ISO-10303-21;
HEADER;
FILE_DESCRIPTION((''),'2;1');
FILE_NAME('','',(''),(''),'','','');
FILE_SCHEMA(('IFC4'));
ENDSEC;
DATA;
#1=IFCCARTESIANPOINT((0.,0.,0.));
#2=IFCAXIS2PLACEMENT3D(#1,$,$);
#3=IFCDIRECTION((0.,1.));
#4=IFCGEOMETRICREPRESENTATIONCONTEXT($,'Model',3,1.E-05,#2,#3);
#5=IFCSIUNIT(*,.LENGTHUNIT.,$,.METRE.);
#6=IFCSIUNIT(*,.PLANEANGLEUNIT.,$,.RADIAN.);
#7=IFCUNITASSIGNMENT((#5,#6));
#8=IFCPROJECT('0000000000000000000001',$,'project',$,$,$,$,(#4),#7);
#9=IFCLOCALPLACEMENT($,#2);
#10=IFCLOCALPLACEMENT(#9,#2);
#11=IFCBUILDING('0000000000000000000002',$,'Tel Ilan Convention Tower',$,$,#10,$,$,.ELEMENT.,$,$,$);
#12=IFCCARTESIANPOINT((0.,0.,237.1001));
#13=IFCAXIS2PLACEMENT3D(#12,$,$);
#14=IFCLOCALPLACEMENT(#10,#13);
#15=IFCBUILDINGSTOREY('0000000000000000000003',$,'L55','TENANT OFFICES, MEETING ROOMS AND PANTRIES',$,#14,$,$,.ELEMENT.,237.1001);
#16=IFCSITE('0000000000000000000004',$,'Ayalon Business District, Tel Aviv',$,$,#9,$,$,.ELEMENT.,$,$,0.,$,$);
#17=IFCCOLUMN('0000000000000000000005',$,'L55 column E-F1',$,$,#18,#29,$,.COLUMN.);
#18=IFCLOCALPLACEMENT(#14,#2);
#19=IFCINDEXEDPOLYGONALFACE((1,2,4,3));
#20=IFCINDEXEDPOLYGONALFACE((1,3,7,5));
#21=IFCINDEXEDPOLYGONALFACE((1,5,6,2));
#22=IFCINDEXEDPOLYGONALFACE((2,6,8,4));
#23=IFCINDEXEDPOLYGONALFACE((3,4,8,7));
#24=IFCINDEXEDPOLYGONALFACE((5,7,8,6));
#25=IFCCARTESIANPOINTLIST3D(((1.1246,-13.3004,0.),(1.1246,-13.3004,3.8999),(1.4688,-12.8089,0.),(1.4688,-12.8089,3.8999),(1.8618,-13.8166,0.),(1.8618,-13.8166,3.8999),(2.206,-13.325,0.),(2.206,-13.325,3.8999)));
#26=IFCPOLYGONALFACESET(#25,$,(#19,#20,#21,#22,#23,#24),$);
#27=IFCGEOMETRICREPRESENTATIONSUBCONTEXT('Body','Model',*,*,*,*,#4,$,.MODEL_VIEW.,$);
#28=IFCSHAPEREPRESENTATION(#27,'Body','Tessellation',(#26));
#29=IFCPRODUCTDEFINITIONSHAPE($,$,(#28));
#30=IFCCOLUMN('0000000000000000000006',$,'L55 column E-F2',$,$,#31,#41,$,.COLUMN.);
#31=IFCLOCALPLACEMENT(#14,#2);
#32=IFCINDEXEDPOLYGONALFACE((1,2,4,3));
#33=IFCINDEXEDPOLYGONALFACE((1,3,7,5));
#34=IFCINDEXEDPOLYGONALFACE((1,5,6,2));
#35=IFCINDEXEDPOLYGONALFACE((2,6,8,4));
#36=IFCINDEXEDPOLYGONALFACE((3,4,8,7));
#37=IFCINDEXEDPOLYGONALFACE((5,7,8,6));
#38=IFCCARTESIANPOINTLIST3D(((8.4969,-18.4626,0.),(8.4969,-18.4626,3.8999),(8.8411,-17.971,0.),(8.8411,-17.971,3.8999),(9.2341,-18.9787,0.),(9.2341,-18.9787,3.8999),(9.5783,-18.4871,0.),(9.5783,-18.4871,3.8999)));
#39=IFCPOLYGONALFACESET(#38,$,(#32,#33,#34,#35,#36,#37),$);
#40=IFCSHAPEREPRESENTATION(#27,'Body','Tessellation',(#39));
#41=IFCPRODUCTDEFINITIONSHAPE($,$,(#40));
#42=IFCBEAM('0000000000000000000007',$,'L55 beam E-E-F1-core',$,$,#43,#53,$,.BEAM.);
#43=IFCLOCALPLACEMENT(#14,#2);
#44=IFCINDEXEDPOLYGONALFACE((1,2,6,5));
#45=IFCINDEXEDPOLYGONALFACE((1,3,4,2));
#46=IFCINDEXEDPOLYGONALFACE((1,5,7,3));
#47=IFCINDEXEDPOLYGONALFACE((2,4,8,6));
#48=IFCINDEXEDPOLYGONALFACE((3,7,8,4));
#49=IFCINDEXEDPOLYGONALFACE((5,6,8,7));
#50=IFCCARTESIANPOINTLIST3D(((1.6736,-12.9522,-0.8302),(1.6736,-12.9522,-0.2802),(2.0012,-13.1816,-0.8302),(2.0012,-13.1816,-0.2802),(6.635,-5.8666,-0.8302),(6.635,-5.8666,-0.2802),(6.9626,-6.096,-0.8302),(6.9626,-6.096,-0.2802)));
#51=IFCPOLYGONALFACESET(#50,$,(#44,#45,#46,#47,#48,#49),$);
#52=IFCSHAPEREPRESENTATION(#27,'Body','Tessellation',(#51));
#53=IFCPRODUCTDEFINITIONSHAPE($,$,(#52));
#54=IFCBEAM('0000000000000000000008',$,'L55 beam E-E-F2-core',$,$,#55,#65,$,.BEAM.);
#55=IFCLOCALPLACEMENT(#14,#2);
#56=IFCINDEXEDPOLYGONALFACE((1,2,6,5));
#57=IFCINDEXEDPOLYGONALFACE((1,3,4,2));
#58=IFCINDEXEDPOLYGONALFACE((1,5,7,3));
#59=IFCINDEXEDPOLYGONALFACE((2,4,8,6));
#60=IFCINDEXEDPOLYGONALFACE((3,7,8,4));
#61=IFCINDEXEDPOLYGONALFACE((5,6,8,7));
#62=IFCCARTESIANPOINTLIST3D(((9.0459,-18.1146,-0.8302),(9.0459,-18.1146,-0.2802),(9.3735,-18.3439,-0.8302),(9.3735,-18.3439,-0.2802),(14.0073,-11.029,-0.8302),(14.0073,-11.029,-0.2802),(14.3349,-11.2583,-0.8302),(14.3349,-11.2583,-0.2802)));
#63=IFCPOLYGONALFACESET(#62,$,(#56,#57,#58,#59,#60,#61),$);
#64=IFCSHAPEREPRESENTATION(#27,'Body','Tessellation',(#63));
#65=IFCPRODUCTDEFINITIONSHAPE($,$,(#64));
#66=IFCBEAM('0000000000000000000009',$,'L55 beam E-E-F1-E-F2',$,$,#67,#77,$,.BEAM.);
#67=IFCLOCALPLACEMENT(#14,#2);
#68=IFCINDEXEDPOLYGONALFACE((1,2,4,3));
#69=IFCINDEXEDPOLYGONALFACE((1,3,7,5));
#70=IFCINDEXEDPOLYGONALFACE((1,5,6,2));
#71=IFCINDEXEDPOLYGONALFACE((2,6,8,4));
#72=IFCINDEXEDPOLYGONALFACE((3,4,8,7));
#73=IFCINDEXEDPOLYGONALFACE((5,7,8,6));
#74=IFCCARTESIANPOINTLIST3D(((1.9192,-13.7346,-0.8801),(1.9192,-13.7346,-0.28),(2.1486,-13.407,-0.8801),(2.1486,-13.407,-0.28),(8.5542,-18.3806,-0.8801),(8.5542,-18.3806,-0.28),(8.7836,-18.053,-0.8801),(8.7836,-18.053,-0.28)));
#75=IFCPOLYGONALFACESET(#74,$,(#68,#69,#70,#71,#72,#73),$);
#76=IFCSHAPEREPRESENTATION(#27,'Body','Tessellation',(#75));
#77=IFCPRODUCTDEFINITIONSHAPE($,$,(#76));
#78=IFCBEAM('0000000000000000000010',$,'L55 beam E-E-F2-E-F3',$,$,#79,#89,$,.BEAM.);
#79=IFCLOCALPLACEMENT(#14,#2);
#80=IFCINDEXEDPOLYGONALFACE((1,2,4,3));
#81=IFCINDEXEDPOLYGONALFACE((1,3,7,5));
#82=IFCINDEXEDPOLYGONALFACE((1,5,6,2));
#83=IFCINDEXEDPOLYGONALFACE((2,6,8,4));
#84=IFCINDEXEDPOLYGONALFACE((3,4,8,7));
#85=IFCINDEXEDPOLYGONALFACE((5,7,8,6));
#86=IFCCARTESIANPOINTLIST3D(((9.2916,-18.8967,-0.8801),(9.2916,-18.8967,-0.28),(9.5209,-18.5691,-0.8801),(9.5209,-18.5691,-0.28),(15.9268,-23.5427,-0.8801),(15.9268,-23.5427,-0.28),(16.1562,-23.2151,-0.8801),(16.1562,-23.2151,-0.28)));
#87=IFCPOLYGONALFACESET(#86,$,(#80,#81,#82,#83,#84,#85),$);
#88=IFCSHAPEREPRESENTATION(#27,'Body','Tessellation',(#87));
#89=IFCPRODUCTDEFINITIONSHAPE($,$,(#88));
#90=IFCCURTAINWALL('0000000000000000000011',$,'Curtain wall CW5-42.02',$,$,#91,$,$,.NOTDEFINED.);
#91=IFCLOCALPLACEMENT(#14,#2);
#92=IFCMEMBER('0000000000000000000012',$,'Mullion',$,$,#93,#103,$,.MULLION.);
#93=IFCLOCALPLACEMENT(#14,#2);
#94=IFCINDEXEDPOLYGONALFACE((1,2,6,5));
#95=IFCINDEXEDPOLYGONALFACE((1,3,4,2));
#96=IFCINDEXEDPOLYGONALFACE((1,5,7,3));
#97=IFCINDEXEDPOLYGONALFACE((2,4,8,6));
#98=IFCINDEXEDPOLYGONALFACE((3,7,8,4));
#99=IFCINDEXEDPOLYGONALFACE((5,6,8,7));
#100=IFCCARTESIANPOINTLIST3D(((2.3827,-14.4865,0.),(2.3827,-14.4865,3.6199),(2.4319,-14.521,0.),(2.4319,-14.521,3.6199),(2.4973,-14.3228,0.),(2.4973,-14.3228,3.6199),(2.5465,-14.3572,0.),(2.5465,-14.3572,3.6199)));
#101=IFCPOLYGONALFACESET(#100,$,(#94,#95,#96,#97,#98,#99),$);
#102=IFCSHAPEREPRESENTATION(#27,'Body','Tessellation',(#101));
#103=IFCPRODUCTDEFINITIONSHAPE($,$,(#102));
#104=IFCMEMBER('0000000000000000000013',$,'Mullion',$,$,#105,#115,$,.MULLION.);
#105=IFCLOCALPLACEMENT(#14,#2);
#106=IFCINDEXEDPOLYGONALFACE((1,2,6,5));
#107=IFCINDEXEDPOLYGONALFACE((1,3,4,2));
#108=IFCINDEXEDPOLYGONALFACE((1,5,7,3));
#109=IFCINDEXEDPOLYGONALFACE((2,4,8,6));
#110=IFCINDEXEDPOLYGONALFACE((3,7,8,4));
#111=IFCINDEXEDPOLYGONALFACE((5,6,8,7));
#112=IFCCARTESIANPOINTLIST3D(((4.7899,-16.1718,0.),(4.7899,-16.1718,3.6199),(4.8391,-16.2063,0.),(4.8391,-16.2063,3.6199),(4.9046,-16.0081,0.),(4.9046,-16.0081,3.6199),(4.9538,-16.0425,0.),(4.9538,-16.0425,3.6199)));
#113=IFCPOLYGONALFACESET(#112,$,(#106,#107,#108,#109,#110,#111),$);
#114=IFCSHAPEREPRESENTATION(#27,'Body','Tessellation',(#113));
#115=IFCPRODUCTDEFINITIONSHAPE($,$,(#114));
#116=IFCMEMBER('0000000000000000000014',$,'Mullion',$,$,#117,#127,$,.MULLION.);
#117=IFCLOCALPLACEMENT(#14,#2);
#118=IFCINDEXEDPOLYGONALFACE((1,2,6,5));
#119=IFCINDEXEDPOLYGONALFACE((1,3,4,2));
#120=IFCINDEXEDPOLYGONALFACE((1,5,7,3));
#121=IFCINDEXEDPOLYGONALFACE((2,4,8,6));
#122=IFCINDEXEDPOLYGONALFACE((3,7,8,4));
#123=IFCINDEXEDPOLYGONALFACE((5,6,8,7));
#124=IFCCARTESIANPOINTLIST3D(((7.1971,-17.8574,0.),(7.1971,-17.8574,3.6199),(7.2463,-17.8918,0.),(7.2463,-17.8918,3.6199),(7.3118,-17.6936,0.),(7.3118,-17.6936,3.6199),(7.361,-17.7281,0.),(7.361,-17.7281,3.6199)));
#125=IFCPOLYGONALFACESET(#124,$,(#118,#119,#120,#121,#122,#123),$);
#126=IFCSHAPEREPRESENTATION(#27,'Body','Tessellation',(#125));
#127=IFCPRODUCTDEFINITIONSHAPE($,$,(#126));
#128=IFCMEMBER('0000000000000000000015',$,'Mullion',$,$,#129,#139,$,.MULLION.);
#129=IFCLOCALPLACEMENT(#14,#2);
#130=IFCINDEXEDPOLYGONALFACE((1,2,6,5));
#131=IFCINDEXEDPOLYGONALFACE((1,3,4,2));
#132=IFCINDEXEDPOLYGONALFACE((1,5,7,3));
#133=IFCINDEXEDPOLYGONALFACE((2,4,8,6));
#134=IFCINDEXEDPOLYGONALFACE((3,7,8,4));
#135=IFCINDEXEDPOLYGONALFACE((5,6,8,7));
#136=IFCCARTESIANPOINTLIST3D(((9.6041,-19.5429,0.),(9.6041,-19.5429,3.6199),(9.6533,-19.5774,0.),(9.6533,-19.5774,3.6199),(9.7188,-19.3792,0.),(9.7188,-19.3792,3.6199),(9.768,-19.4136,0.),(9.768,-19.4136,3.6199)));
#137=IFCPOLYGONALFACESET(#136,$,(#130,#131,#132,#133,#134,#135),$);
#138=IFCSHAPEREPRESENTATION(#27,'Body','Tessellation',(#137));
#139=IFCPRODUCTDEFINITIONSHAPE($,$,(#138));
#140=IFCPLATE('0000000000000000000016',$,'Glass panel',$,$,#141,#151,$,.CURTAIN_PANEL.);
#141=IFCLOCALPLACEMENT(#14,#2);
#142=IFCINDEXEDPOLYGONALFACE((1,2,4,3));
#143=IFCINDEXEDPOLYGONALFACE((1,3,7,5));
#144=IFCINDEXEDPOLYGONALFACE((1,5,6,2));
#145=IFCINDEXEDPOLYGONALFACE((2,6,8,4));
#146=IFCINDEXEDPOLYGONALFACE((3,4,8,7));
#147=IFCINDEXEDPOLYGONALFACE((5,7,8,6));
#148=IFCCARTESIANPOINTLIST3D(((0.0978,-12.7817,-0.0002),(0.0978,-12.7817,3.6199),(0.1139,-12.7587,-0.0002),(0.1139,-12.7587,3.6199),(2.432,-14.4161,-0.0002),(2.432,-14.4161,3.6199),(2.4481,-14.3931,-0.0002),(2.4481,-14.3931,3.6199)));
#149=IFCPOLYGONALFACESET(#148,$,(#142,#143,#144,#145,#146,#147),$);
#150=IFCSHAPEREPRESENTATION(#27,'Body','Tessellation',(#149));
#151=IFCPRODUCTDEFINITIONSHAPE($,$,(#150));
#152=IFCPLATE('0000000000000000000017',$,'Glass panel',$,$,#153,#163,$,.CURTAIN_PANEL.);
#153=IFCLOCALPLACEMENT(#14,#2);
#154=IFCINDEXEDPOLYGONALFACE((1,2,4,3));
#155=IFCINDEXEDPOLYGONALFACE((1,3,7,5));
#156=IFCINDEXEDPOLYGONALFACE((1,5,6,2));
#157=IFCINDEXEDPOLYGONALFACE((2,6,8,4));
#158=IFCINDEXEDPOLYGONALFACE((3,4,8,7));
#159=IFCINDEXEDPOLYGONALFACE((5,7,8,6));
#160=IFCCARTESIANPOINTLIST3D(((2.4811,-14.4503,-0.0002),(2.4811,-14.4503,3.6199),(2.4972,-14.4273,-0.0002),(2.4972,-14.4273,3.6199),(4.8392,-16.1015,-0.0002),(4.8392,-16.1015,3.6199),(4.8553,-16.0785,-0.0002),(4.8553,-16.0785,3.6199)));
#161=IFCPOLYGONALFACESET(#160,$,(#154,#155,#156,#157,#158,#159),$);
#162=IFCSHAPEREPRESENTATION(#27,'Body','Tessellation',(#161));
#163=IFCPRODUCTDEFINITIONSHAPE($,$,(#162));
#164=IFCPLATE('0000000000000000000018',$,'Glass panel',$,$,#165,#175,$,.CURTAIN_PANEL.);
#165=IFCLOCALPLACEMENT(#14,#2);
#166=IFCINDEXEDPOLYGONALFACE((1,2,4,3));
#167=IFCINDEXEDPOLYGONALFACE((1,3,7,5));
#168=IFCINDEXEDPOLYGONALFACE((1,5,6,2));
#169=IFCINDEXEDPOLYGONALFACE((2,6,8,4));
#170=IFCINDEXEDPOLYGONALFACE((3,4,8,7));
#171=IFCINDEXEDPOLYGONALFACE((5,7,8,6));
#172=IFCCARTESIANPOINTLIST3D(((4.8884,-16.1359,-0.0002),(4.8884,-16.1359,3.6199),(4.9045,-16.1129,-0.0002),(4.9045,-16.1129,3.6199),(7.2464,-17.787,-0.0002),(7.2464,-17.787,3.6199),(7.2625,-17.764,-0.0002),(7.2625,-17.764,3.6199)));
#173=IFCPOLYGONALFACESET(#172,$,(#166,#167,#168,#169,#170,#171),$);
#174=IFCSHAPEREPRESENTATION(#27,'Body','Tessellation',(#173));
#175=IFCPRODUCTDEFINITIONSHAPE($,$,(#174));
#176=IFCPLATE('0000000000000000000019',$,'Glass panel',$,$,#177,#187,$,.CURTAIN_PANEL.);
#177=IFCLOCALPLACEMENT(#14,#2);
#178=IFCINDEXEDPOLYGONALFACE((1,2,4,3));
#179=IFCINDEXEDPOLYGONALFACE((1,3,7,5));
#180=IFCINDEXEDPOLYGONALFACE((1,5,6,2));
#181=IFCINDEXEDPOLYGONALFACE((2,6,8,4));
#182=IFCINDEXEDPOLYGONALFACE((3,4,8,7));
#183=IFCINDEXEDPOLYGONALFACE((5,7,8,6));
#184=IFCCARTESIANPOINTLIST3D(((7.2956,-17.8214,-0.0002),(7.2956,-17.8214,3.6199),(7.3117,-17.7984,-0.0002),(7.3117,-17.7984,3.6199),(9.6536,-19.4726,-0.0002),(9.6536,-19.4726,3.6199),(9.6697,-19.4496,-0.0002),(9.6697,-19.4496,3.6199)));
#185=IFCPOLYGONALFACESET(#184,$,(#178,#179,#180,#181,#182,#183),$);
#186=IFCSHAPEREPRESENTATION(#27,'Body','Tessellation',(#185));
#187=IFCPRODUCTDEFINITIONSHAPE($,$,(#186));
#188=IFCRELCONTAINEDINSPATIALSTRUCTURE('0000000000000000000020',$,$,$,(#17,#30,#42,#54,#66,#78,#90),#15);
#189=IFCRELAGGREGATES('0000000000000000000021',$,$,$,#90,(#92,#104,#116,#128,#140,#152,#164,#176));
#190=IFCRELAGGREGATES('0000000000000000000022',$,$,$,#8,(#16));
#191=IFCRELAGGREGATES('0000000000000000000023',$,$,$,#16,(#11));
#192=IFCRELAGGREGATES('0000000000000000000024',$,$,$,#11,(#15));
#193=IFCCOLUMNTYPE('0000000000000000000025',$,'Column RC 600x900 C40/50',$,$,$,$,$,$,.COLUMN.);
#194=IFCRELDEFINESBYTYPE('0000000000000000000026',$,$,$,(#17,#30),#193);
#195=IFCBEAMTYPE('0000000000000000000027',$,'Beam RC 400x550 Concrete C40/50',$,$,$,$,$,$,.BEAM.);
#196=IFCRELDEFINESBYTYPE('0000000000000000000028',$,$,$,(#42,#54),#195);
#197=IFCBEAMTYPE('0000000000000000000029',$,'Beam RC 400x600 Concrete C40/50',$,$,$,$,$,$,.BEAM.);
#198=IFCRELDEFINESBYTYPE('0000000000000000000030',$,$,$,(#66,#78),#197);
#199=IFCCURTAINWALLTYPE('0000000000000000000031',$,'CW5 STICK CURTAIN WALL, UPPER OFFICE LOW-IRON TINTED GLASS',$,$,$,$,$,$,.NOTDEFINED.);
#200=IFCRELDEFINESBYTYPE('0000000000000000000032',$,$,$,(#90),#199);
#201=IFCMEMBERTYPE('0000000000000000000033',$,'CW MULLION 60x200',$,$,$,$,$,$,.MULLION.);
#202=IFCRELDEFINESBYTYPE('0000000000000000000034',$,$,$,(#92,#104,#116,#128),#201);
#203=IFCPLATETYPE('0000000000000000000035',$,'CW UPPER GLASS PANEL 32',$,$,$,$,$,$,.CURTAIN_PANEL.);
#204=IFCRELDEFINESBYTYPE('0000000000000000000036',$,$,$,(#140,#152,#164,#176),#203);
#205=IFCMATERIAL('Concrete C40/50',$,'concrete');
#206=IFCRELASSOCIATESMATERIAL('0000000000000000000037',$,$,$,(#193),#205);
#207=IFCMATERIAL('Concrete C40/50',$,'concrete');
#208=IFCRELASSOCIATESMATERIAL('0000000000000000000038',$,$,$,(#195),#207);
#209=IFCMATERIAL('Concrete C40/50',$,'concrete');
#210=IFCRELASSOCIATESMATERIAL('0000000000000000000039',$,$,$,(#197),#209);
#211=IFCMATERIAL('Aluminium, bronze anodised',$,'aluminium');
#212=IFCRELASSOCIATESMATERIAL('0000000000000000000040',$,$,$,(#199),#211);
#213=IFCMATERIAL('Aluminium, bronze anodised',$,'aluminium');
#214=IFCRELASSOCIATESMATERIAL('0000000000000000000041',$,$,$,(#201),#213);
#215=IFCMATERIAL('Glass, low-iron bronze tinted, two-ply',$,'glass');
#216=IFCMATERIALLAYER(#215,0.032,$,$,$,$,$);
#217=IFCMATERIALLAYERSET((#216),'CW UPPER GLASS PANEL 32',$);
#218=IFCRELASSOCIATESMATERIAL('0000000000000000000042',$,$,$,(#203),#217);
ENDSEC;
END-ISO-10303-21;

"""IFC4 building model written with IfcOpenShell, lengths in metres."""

from ifc_helpers import new_model, si_unit, direction, frame, origin, origin_2d, place, context, subcontext, project, spatial, rectangle, extrude, material, layer, layer_set, material_profile, profile_set, type_object, element, aggregate, save


model = new_model("IFC4")

# Units and contexts
model_context = context("Model", 3, precision=1e-05, world=origin(), true_north=direction((0.0, 1.0)))
body_context = subcontext(model_context, "Body", "Model", "MODEL_VIEW")
ifc_project = project(units=[si_unit("LENGTHUNIT", "METRE"), si_unit("PLANEANGLEUNIT", "RADIAN")], contexts=[model_context])

# Site, building, storey
site_placement = place(None, origin())
site = spatial("IfcSite", under=ifc_project, at=site_placement, Name="Ayalon Business District, Tel Aviv", CompositionType="ELEMENT", RefElevation=0.0)
building_placement = place(site_placement, origin())
building = spatial("IfcBuilding", under=site, at=building_placement, Name="Tel Ilan Convention Tower", CompositionType="ELEMENT")
storey_placement = place(building_placement, frame((0.0, 0.0, 237.1001)))
storey = spatial("IfcBuildingStorey", under=building, at=storey_placement, Name="L55", Description="TENANT OFFICES, MEETING ROOMS AND PANTRIES", CompositionType="ELEMENT", Elevation=237.1001)

# Columns
ifc_material_1 = material(Name="Concrete C40/50", Category="concrete")
ifc_material_profile_1 = material_profile(ifc_material_1, rectangle(XDim=0.8999, YDim=0.6001, at=origin_2d()), Name="RC 600x900")
ifc_profile_set_1 = profile_set([ifc_material_profile_1], Name="Concrete C40/50")
column_type = type_object("IfcColumnType", Name="Column RC 600x900 C40/50", PredefinedType="COLUMN", material=ifc_profile_set_1)
for number, where, z_axis, x_axis, name in (
    (1, (1.6653, -13.3127, 0.0), (0.0, 0.0, 1.0), (0.819152, -0.573576, 0.0), "L55 column E-F1"),
    (2, (9.0376, -18.4749, 0.0), (0.0, 0.0, 1.0), (0.819152, -0.573576, 0.0), "L55 column E-F2"),
):
    element("IfcColumn", number, at=place(storey_placement, frame(where, z_axis=z_axis, x_axis=x_axis)), inside=storey, type_object=column_type, Name=name, PredefinedType="COLUMN", context=body_context, shape_type="SweptSolid", body=[
        extrude(rectangle(XDim=0.8999, YDim=0.6001, at=origin_2d()), origin(), (0.0, 0.0, 1.0), 3.8999),
    ])

# Beams
ifc_material_2 = material(Name="Concrete C40/50", Category="concrete")
ifc_material_profile_2 = material_profile(ifc_material_2, rectangle(XDim=0.3999, YDim=0.55, at=origin_2d()), Name="RC 400x550")
ifc_profile_set_2 = profile_set([ifc_material_profile_2], Name="Concrete C40/50")
beam_type_1 = type_object("IfcBeamType", Name="Beam RC 400x550 Concrete C40/50", PredefinedType="BEAM", material=ifc_profile_set_2)
for number, where, z_axis, x_axis, name in (
    (3, (1.8374, -13.0669, -0.5552), (0.573574, 0.819154, 0.0), (-0.819154, 0.573574, 0.0), "L55 beam E-E-F1-core"),
    (4, (9.2097, -18.2292, -0.5552), (0.573574, 0.819154, 0.0), (-0.819154, 0.573574, 0.0), "L55 beam E-E-F2-core"),
):
    element("IfcBeam", number, at=place(storey_placement, frame(where, z_axis=z_axis, x_axis=x_axis)), inside=storey, type_object=beam_type_1, Name=name, PredefinedType="BEAM", context=body_context, shape_type="SweptSolid", body=[
        extrude(rectangle(XDim=0.3999, YDim=0.55, at=origin_2d()), origin(), (0.0, 0.0, 1.0), 8.6499),
    ])
ifc_material_3 = material(Name="Concrete C40/50", Category="concrete")
ifc_material_profile_3 = material_profile(ifc_material_3, rectangle(XDim=0.3999, YDim=0.6001, at=origin_2d()), Name="RC 400x600")
ifc_profile_set_3 = profile_set([ifc_material_profile_3], Name="Concrete C40/50")
beam_type_2 = type_object("IfcBeamType", Name="Beam RC 400x600 Concrete C40/50", PredefinedType="BEAM", material=ifc_profile_set_3)
beam_1_placement = place(storey_placement, frame((2.0339, -13.5708, -0.5801), z_axis=(0.819146, -0.573586, 0.0), x_axis=(0.573586, 0.819146, 0.0)))
element("IfcBeam", 5, at=beam_1_placement, inside=storey, type_object=beam_type_2, Name="L55 beam E-E-F1-E-F2", PredefinedType="BEAM", context=body_context, shape_type="SweptSolid", body=[
    extrude(rectangle(XDim=0.3999, YDim=0.6001, at=origin_2d()), origin(), (0.0, 0.0, 1.0), 8.0999),
])
beam_2_placement = place(storey_placement, frame((9.4062, -18.7329, -0.5801), z_axis=(0.819155, -0.573572, 0.0), x_axis=(0.573572, 0.819155, 0.0)))
element("IfcBeam", 6, at=beam_2_placement, inside=storey, type_object=beam_type_2, Name="L55 beam E-E-F2-E-F3", PredefinedType="BEAM", context=body_context, shape_type="SweptSolid", body=[
    extrude(rectangle(XDim=0.3999, YDim=0.6001, at=origin_2d()), origin(), (0.0, 0.0, 1.0), 8.1001),
])

# Curtain wall, members, plates
ifc_material_4 = material(Name="Aluminium, bronze anodised", Category="aluminium")
curtain_wall_type = type_object("IfcCurtainWallType", Name="CW5 STICK CURTAIN WALL, UPPER OFFICE LOW-IRON TINTED GLASS", PredefinedType="NOTDEFINED", material=ifc_material_4)
curtain_wall_placement = place(storey_placement, origin())
curtain_wall = element("IfcCurtainWall", 7, at=curtain_wall_placement, inside=storey, type_object=curtain_wall_type, Name="Curtain wall CW5-42.02", PredefinedType="NOTDEFINED")
ifc_material_5 = material(Name="Aluminium, bronze anodised", Category="aluminium")
ifc_material_profile_4 = material_profile(ifc_material_5, rectangle(XDim=0.0601, YDim=0.2, at=origin_2d()), Name="CW MULLION 60x200")
ifc_profile_set_4 = profile_set([ifc_material_profile_4], Name="Aluminium, bronze anodised")
member_type = type_object("IfcMemberType", Name="CW MULLION 60x200", PredefinedType="MULLION", material=ifc_profile_set_4)
member_1_placement = place(storey_placement, frame((2.4646, -14.4219, 0.0), z_axis=(0.0, 0.0, 1.0), x_axis=(0.819152, -0.573576, 0.0)))
member_1 = element("IfcMember", 8, at=member_1_placement, type_object=member_type, Name="Mullion", PredefinedType="MULLION", context=body_context, shape_type="SweptSolid", body=[
    extrude(rectangle(XDim=0.0601, YDim=0.2, at=origin_2d()), origin(), (0.0, 0.0, 1.0), 3.6199),
])
member_2_placement = place(storey_placement, frame((4.8718, -16.1072, 0.0), z_axis=(0.0, 0.0, 1.0), x_axis=(0.819152, -0.573576, 0.0)))
member_2 = element("IfcMember", 9, at=member_2_placement, type_object=member_type, Name="Mullion", PredefinedType="MULLION", context=body_context, shape_type="SweptSolid", body=[
    extrude(rectangle(XDim=0.0601, YDim=0.2, at=origin_2d()), origin(), (0.0, 0.0, 1.0), 3.6199),
])
member_3_placement = place(storey_placement, frame((7.2791, -17.7927, 0.0), z_axis=(0.0, 0.0, 1.0), x_axis=(0.819152, -0.573576, 0.0)))
member_3 = element("IfcMember", 10, at=member_3_placement, type_object=member_type, Name="Mullion", PredefinedType="MULLION", context=body_context, shape_type="SweptSolid", body=[
    extrude(rectangle(XDim=0.0601, YDim=0.2, at=origin_2d()), origin(), (0.0, 0.0, 1.0), 3.6199),
])
member_4_placement = place(storey_placement, frame((9.686, -19.4783, 0.0), z_axis=(0.0, 0.0, 1.0), x_axis=(0.819152, -0.573576, 0.0)))
member_4 = element("IfcMember", 11, at=member_4_placement, type_object=member_type, Name="Mullion", PredefinedType="MULLION", context=body_context, shape_type="SweptSolid", body=[
    extrude(rectangle(XDim=0.0601, YDim=0.2, at=origin_2d()), origin(), (0.0, 0.0, 1.0), 3.6199),
])
ifc_material_6 = material(Name="Glass, low-iron bronze tinted, two-ply", Category="glass")
ifc_layer_1 = layer(ifc_material_6, 0.032)
ifc_layer_set_1 = layer_set([ifc_layer_1], Name="CW UPPER GLASS PANEL 32")
plate_type = type_object("IfcPlateType", Name="CW UPPER GLASS PANEL 32", PredefinedType="CURTAIN_PANEL", material=ifc_layer_set_1)
plate_1_placement = place(storey_placement, frame((1.2729, -13.5874, -0.0002), z_axis=(0.0, 0.0, 1.0), x_axis=(0.819152, -0.573576, 0.0)))
plate_1 = element("IfcPlate", 12, at=plate_1_placement, type_object=plate_type, Name="Glass panel", PredefinedType="CURTAIN_PANEL", context=body_context, shape_type="SweptSolid", body=[
    extrude(rectangle(XDim=2.8496, YDim=0.0281, at=origin_2d()), origin(), (0.0, 0.0, 1.0), 3.6201),
])
plate_2_placement = place(storey_placement, frame((3.6682, -15.2644, -0.0002), z_axis=(0.0, 0.0, 1.0), x_axis=(0.819152, -0.573576, 0.0)))
plate_2 = element("IfcPlate", 13, at=plate_2_placement, type_object=plate_type, Name="Glass panel", PredefinedType="CURTAIN_PANEL", context=body_context, shape_type="SweptSolid", body=[
    extrude(rectangle(XDim=2.8787, YDim=0.0281, at=origin_2d()), origin(), (0.0, 0.0, 1.0), 3.6201),
])
plate_3_placement = place(storey_placement, frame((6.0754, -16.95, -0.0002), z_axis=(0.0, 0.0, 1.0), x_axis=(0.819152, -0.573576, 0.0)))
plate_3 = element("IfcPlate", 14, at=plate_3_placement, type_object=plate_type, Name="Glass panel", PredefinedType="CURTAIN_PANEL", context=body_context, shape_type="SweptSolid", body=[
    extrude(rectangle(XDim=2.8787, YDim=0.0281, at=origin_2d()), origin(), (0.0, 0.0, 1.0), 3.6201),
])
plate_4_placement = place(storey_placement, frame((8.4827, -18.6355, -0.0002), z_axis=(0.0, 0.0, 1.0), x_axis=(0.819152, -0.573576, 0.0)))
plate_4 = element("IfcPlate", 15, at=plate_4_placement, type_object=plate_type, Name="Glass panel", PredefinedType="CURTAIN_PANEL", context=body_context, shape_type="SweptSolid", body=[
    extrude(rectangle(XDim=2.8787, YDim=0.0281, at=origin_2d()), origin(), (0.0, 0.0, 1.0), 3.6201),
])
aggregate(curtain_wall, [member_1, member_2, member_3, member_4, plate_1, plate_2, plate_3, plate_4])

save(model, "model.ifc")
